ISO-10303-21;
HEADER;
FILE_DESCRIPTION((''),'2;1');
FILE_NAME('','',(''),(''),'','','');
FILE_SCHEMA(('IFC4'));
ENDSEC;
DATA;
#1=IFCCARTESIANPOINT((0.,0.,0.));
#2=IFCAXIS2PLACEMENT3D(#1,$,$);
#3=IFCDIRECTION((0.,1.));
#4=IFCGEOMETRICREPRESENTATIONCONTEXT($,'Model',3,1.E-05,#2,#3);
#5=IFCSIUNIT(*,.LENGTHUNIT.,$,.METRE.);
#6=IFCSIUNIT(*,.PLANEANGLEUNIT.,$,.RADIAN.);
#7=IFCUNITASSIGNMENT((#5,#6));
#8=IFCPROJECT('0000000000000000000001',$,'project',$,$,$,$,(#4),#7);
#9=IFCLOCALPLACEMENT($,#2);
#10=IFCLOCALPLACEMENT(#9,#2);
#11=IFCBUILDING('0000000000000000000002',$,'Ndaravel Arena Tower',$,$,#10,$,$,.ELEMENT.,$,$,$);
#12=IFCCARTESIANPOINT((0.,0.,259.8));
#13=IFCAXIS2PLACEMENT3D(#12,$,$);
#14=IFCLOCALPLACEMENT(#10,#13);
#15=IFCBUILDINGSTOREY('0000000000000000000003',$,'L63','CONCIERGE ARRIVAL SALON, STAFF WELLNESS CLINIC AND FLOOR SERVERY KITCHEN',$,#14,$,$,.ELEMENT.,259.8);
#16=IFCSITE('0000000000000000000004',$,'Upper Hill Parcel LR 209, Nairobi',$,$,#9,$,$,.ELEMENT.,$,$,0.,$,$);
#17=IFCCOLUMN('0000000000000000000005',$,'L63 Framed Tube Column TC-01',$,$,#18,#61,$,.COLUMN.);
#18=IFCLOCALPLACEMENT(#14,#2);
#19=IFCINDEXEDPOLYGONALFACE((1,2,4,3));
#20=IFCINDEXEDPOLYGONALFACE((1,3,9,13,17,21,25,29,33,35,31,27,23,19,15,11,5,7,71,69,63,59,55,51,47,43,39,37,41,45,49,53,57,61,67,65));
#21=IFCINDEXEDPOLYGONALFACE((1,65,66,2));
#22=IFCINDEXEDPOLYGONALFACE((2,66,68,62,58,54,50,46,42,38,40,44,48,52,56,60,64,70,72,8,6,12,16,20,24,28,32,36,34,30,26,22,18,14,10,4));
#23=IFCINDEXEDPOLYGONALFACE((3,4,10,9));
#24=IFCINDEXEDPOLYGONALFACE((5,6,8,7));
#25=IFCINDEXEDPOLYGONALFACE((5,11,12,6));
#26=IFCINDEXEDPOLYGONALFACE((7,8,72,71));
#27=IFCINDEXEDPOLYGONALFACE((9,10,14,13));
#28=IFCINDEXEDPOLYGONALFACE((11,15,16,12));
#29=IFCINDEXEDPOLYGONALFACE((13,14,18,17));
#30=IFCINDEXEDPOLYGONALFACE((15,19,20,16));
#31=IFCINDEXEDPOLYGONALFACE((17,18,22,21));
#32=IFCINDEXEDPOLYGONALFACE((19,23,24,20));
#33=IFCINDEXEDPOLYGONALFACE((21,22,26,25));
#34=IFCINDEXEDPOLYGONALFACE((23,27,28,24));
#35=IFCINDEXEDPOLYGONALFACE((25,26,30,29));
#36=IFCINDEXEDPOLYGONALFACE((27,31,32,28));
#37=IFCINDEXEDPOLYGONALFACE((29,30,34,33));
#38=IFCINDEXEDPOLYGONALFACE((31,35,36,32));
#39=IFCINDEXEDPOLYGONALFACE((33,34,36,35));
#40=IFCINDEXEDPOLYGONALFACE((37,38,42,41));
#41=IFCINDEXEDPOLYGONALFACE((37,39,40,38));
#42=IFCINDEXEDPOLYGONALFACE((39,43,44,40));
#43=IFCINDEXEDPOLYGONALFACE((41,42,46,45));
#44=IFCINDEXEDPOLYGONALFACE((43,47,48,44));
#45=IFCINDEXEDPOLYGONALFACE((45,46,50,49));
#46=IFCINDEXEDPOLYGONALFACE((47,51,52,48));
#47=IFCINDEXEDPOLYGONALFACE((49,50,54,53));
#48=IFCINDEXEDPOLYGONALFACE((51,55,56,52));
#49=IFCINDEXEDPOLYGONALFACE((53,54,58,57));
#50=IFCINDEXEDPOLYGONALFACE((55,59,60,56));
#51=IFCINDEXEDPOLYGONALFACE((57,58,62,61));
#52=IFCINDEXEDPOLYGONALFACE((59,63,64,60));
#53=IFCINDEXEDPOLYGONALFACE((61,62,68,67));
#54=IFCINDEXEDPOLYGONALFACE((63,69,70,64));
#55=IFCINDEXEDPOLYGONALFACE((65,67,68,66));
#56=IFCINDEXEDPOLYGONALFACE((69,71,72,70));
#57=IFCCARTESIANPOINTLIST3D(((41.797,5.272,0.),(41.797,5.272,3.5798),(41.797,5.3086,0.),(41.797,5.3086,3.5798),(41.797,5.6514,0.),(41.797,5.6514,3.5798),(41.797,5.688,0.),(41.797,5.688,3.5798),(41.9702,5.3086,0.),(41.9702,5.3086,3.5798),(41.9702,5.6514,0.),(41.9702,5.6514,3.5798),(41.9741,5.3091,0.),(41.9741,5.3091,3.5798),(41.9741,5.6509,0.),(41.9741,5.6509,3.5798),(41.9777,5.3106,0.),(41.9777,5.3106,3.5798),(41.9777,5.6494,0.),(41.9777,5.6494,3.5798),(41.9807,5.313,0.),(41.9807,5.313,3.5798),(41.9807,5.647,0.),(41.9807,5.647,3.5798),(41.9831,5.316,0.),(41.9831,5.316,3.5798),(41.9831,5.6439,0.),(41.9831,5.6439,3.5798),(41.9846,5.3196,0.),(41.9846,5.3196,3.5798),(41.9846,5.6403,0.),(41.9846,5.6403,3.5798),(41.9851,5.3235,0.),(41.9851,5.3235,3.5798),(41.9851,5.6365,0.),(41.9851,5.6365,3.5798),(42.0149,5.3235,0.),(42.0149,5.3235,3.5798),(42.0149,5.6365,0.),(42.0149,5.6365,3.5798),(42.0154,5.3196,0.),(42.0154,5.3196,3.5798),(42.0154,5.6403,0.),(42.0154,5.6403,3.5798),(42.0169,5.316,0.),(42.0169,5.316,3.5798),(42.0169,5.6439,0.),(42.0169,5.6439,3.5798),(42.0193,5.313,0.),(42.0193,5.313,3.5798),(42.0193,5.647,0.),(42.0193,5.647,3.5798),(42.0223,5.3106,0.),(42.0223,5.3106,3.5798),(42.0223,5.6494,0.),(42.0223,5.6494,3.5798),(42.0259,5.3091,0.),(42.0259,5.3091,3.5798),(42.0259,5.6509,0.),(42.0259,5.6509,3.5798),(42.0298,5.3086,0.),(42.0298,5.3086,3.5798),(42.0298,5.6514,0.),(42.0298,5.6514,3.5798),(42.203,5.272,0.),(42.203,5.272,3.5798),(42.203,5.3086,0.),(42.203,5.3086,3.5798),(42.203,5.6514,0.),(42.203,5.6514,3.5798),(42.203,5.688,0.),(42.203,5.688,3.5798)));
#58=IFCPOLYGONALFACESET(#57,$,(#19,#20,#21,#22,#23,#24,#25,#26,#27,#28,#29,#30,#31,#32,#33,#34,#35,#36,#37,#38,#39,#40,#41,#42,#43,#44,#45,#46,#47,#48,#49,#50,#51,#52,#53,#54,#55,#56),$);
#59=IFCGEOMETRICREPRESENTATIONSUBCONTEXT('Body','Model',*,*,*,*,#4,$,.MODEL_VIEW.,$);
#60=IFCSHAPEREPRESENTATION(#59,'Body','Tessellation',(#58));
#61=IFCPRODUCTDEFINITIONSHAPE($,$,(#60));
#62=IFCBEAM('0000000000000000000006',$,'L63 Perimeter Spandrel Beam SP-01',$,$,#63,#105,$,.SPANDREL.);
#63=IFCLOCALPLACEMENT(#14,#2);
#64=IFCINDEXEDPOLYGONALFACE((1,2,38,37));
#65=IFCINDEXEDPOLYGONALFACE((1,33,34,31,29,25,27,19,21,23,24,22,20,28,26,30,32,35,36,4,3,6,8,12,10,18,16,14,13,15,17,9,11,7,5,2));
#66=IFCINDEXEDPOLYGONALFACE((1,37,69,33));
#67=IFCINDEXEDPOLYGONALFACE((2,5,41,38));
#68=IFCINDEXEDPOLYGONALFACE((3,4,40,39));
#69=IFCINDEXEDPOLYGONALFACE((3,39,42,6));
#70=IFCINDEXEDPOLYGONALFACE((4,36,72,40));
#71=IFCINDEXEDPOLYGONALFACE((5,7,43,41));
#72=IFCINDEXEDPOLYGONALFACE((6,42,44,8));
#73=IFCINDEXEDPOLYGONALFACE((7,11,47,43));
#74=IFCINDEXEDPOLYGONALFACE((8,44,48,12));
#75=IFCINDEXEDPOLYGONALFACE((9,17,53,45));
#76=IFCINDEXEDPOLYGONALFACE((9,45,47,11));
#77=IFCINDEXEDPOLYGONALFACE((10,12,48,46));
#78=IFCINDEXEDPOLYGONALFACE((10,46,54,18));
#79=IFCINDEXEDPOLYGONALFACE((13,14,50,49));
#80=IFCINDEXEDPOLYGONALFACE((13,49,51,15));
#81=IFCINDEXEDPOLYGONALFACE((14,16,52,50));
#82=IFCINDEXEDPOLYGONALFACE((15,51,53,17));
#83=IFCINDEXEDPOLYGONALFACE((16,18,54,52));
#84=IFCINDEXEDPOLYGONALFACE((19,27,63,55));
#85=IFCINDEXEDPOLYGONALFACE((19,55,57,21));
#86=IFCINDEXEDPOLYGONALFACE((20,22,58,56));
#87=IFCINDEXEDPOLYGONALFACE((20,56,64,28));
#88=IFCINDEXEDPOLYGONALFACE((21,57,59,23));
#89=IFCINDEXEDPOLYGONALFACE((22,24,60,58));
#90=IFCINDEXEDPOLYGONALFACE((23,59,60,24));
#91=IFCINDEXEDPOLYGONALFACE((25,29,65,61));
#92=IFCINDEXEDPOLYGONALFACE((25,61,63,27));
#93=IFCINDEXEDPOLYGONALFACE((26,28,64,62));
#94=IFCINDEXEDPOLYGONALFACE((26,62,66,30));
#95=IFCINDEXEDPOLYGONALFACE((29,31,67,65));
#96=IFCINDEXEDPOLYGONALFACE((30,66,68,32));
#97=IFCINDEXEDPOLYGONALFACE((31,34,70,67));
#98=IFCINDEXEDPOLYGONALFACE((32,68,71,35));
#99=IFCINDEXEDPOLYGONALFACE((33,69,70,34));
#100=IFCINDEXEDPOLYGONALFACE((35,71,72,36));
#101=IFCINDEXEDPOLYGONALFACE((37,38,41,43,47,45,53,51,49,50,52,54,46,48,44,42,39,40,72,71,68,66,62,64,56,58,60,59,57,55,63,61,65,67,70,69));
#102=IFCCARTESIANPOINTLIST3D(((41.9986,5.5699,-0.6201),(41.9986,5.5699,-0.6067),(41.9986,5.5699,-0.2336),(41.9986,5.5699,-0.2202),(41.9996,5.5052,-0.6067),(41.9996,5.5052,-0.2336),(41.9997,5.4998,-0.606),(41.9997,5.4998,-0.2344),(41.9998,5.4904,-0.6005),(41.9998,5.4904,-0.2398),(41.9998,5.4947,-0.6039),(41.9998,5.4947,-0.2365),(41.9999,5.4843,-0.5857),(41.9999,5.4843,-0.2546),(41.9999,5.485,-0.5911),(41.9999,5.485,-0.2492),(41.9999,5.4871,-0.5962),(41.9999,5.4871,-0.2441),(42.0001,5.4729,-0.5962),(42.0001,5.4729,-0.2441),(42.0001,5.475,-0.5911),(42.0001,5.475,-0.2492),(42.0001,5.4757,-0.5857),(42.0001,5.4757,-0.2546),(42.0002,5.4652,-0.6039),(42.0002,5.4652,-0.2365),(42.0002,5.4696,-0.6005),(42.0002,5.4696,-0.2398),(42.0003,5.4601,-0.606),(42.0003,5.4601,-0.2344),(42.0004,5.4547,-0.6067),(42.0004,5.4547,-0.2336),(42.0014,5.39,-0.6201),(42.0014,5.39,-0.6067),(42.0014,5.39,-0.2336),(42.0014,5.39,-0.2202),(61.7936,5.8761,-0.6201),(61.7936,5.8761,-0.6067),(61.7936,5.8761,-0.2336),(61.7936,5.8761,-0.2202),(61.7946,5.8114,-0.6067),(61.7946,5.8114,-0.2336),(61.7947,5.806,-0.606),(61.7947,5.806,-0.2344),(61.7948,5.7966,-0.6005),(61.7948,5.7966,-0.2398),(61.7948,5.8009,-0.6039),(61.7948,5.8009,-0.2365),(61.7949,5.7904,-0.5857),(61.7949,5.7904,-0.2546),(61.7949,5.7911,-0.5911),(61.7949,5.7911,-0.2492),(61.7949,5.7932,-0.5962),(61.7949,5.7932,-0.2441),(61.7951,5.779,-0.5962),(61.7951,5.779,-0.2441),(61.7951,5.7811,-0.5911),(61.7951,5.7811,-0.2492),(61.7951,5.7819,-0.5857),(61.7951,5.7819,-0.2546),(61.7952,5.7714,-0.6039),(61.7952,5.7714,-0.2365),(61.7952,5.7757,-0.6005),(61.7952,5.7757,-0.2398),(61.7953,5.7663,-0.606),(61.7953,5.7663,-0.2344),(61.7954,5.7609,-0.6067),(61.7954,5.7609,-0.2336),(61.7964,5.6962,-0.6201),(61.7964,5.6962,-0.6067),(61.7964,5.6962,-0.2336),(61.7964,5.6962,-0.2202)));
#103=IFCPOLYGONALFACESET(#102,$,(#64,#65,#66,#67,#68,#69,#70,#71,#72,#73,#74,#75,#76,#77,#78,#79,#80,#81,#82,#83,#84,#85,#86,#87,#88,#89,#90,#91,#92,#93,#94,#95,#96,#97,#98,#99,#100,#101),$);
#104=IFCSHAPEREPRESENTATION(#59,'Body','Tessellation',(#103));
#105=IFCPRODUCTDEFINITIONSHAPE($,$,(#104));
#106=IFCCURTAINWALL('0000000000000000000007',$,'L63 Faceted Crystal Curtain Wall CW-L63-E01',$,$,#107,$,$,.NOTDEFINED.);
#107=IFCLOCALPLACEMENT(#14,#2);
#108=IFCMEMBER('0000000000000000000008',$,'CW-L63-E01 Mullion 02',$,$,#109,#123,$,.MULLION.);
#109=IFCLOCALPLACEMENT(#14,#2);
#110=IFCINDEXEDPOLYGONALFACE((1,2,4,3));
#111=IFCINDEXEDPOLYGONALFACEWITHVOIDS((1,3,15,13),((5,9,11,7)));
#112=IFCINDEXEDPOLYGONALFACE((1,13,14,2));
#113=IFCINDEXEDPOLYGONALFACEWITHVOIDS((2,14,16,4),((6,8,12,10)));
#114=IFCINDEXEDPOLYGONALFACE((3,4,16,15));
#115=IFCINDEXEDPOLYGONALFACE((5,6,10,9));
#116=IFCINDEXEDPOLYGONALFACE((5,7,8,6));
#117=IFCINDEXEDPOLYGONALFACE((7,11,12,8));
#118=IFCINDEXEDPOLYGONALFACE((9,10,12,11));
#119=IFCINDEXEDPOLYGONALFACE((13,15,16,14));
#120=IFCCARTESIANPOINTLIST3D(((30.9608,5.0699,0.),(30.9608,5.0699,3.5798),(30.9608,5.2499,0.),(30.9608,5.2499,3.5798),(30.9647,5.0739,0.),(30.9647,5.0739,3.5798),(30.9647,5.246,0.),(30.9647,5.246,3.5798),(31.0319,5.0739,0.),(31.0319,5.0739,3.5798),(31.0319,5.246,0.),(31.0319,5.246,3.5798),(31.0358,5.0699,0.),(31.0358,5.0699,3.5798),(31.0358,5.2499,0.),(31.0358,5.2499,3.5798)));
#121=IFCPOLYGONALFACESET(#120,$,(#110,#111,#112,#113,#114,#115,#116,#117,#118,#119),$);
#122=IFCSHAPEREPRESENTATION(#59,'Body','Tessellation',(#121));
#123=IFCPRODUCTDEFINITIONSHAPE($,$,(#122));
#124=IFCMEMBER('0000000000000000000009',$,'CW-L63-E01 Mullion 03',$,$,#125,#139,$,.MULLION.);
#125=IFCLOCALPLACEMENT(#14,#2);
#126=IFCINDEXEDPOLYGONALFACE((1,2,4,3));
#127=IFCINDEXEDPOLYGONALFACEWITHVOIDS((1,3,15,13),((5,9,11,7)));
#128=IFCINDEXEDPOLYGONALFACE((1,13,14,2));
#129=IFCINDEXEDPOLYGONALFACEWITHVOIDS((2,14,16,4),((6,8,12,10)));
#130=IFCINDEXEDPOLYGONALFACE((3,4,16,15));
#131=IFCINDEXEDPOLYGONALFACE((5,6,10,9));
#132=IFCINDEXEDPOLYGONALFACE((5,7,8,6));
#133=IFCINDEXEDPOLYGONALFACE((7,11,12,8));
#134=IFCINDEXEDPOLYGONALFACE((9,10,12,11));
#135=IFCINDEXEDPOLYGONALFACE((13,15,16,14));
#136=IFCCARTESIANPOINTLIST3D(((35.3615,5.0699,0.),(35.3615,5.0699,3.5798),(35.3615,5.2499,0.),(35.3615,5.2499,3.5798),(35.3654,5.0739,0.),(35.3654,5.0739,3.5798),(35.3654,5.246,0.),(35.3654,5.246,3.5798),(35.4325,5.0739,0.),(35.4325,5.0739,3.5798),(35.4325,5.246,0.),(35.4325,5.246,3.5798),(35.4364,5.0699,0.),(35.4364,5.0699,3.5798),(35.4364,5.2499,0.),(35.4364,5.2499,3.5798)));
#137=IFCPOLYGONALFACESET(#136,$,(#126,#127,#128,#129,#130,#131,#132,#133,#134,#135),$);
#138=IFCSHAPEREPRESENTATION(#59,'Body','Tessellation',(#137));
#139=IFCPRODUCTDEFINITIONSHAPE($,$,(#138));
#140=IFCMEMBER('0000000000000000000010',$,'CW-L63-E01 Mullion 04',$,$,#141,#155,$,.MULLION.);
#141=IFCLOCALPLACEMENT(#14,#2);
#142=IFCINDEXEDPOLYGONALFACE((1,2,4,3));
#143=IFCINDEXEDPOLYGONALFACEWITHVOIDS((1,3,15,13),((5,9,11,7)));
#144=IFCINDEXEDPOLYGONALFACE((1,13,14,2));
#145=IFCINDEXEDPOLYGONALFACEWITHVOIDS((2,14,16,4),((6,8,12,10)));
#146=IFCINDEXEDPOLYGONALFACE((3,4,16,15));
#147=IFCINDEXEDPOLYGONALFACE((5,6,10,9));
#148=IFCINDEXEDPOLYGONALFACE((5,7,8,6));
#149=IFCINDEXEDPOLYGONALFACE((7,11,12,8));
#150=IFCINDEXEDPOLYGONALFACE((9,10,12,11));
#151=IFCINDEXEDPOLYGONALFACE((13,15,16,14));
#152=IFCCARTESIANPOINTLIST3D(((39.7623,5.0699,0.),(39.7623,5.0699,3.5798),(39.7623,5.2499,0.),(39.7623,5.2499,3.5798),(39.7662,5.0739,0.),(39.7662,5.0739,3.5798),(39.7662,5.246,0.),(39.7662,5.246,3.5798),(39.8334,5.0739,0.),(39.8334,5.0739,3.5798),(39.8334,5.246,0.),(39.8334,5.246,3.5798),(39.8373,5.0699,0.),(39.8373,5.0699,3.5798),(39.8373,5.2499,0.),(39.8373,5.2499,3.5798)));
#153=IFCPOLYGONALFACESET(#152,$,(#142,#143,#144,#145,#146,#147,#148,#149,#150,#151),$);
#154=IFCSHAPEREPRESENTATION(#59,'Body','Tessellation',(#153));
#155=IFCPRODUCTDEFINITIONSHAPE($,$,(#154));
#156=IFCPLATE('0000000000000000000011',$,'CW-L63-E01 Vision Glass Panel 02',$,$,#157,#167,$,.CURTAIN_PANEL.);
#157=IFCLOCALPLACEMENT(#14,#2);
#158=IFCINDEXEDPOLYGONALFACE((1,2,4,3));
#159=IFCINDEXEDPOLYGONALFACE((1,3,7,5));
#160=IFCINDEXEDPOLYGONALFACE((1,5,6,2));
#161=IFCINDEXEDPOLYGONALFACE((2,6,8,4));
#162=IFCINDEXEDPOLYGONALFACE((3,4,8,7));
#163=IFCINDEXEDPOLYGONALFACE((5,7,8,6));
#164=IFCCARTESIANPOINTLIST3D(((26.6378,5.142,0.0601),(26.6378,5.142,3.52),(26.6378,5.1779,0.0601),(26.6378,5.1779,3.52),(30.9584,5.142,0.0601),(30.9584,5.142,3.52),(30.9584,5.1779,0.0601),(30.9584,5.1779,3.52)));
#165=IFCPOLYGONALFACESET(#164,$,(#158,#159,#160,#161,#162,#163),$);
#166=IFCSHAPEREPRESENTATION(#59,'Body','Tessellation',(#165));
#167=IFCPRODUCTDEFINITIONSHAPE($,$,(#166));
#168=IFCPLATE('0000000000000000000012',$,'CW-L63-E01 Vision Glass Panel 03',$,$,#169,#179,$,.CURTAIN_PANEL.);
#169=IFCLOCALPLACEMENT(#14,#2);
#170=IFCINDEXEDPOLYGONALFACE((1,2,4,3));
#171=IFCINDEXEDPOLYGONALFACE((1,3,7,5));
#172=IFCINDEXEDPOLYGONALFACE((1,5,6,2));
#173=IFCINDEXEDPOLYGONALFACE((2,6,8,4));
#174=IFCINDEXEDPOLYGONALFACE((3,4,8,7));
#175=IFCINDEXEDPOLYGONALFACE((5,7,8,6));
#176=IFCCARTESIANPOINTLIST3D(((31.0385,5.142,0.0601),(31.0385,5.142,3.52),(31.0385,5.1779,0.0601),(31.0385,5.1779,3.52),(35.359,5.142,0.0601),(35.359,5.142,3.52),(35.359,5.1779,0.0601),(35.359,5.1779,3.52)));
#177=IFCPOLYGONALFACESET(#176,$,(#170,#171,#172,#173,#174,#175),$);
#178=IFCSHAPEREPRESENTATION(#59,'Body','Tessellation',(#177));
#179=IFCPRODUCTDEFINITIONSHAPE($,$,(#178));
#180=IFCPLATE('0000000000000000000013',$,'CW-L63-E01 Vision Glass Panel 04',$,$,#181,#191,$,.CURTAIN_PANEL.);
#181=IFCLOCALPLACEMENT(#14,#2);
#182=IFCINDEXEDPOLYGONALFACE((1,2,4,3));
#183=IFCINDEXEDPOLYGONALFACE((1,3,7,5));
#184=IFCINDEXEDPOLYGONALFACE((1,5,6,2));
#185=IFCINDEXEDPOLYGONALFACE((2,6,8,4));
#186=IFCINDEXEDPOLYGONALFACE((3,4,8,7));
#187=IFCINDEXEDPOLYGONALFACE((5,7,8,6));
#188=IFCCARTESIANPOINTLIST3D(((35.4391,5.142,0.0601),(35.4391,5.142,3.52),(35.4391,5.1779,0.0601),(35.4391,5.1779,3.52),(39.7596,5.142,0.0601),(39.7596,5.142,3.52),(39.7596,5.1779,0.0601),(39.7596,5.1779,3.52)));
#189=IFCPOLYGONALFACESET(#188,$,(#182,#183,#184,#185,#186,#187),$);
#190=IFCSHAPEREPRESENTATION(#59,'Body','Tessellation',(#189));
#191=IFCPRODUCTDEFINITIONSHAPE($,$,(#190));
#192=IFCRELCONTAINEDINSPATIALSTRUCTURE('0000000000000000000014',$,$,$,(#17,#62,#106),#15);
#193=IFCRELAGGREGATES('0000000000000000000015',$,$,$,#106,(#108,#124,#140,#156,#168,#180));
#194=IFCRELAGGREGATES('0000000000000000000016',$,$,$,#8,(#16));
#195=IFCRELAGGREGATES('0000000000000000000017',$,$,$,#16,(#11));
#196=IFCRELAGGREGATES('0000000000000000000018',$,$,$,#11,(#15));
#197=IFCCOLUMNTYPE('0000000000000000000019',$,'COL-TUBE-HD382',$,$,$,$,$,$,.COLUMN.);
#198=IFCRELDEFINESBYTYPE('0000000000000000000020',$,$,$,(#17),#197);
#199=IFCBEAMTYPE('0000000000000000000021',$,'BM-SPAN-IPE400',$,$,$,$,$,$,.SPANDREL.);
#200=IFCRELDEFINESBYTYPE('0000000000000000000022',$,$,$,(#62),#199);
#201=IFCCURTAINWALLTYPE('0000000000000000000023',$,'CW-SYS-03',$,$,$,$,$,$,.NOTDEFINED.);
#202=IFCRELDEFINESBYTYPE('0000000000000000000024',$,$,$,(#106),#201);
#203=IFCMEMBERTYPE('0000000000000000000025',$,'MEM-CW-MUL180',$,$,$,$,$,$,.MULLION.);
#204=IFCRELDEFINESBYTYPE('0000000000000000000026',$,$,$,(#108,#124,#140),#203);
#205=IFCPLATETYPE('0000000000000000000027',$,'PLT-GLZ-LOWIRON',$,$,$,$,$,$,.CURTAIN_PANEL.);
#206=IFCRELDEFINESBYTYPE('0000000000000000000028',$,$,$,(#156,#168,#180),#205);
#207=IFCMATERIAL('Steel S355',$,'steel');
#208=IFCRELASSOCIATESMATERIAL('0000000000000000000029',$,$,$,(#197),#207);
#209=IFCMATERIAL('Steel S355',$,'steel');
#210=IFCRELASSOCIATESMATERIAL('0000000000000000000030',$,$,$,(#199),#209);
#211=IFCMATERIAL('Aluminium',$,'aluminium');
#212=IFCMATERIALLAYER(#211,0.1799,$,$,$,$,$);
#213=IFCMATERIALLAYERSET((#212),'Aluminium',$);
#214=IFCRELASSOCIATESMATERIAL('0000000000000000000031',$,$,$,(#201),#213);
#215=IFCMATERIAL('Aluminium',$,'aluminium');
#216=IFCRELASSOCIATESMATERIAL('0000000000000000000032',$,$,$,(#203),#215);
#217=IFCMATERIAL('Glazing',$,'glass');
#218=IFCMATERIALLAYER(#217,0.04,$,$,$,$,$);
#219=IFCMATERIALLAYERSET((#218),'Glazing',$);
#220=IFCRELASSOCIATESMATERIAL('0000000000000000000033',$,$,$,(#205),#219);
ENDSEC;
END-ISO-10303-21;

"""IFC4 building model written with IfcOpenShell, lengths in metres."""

from ifc_helpers import new_model, si_unit, direction, frame, origin, origin_2d, place, context, subcontext, project, spatial, rectangle, hollow_rectangle, i_section, extrude, material, layer, layer_set, material_profile, profile_set, type_object, element, aggregate, save


model = new_model("IFC4")

# Units and contexts
model_context = context("Model", 3, precision=1e-05, world=origin(), true_north=direction((0.0, 1.0)))
body_context = subcontext(model_context, "Body", "Model", "MODEL_VIEW")
ifc_project = project(units=[si_unit("LENGTHUNIT", "METRE"), si_unit("PLANEANGLEUNIT", "RADIAN")], contexts=[model_context])

# Site, building, storey
site_placement = place(None, origin())
site = spatial("IfcSite", under=ifc_project, at=site_placement, Name="Upper Hill Parcel LR 209, Nairobi", CompositionType="ELEMENT", RefElevation=0.0)
building_placement = place(site_placement, origin())
building = spatial("IfcBuilding", under=site, at=building_placement, Name="Ndaravel Arena Tower", CompositionType="ELEMENT")
storey_placement = place(building_placement, frame((0.0, 0.0, 259.8)))
storey = spatial("IfcBuildingStorey", under=building, at=storey_placement, Name="L63", Description="CONCIERGE ARRIVAL SALON, STAFF WELLNESS CLINIC AND FLOOR SERVERY KITCHEN", CompositionType="ELEMENT", Elevation=259.8)

# Column
ifc_material_1 = material(Name="Steel S355", Category="steel")
ifc_material_profile_1 = material_profile(ifc_material_1, i_section(OverallWidth=0.406, OverallDepth=0.416, WebThickness=0.0298, FlangeThickness=0.0366, FilletRadius=0.0149, at=origin_2d()), Name="HD 400x382")
ifc_profile_set_1 = profile_set([ifc_material_profile_1], Name="Steel S355")
column_type = type_object("IfcColumnType", Name="COL-TUBE-HD382", PredefinedType="COLUMN", material=ifc_profile_set_1)
column_placement = place(storey_placement, frame((42.0, 5.48, 0.0), z_axis=(0.0, 0.0, 1.0), x_axis=(1.0, 0.0, 0.0)))
element("IfcColumn", 1, at=column_placement, inside=storey, type_object=column_type, Name="L63 Framed Tube Column TC-01", PredefinedType="COLUMN", context=body_context, shape_type="SweptSolid", body=[
    extrude(i_section(OverallWidth=0.406, OverallDepth=0.416, WebThickness=0.0298, FlangeThickness=0.0366, FilletRadius=0.0149, at=origin_2d()), origin(), (0.0, 0.0, 1.0), 3.5798),
])

# Beam
ifc_material_2 = material(Name="Steel S355", Category="steel")
ifc_material_profile_2 = material_profile(ifc_material_2, i_section(OverallWidth=0.1799, OverallDepth=0.3999, WebThickness=0.0085, FlangeThickness=0.0134, FilletRadius=0.021, at=origin_2d()), Name="IPE 400")
ifc_profile_set_2 = profile_set([ifc_material_profile_2], Name="Steel S355")
beam_type = type_object("IfcBeamType", Name="BM-SPAN-IPE400", PredefinedType="SPANDREL", material=ifc_profile_set_2)
beam_placement = place(storey_placement, frame((42.0, 5.48, -0.4202), z_axis=(0.99988, 0.015464, 0.0), x_axis=(-0.015464, 0.99988, 0.0)))
element("IfcBeam", 2, at=beam_placement, inside=storey, type_object=beam_type, Name="L63 Perimeter Spandrel Beam SP-01", PredefinedType="SPANDREL", context=body_context, shape_type="SweptSolid", body=[
    extrude(i_section(OverallWidth=0.1799, OverallDepth=0.3999, WebThickness=0.0085, FlangeThickness=0.0134, FilletRadius=0.021, at=origin_2d()), origin(), (0.0, 0.0, 1.0), 19.7974),
])

# Curtain wall, members, plates
ifc_material_3 = material(Name="Aluminium", Category="aluminium")
ifc_layer_1 = layer(ifc_material_3, 0.1799)
ifc_layer_set_1 = layer_set([ifc_layer_1], Name="Aluminium")
curtain_wall_type = type_object("IfcCurtainWallType", Name="CW-SYS-03", PredefinedType="NOTDEFINED", material=ifc_layer_set_1)
curtain_wall_placement = place(storey_placement, origin())
curtain_wall = element("IfcCurtainWall", 3, at=curtain_wall_placement, inside=storey, type_object=curtain_wall_type, Name="L63 Faceted Crystal Curtain Wall CW-L63-E01", PredefinedType="NOTDEFINED")
ifc_material_4 = material(Name="Aluminium", Category="aluminium")
ifc_material_profile_3 = material_profile(ifc_material_4, hollow_rectangle(XDim=0.075, YDim=0.1799, WallThickness=0.0039, at=origin_2d()), Name="CW MULLION 75x180x4")
ifc_profile_set_3 = profile_set([ifc_material_profile_3], Name="Aluminium")
member_type = type_object("IfcMemberType", Name="MEM-CW-MUL180", PredefinedType="MULLION", material=ifc_profile_set_3)
member_1_placement = place(storey_placement, frame((30.9983, 5.1599, 0.0), z_axis=(0.0, 0.0, 1.0), x_axis=(1.0, 0.0, 0.0)))
member_1 = element("IfcMember", 4, at=member_1_placement, type_object=member_type, Name="CW-L63-E01 Mullion 02", PredefinedType="MULLION", context=body_context, shape_type="SweptSolid", body=[
    extrude(hollow_rectangle(XDim=0.075, YDim=0.1799, WallThickness=0.0039, at=origin_2d()), origin(), (0.0, 0.0, 1.0), 3.5798),
])
member_2_placement = place(storey_placement, frame((35.3989, 5.1599, 0.0), z_axis=(0.0, 0.0, 1.0), x_axis=(1.0, 0.0, 0.0)))
member_2 = element("IfcMember", 5, at=member_2_placement, type_object=member_type, Name="CW-L63-E01 Mullion 03", PredefinedType="MULLION", context=body_context, shape_type="SweptSolid", body=[
    extrude(hollow_rectangle(XDim=0.075, YDim=0.1799, WallThickness=0.0039, at=origin_2d()), origin(), (0.0, 0.0, 1.0), 3.5798),
])
member_3_placement = place(storey_placement, frame((39.7998, 5.1599, 0.0), z_axis=(0.0, 0.0, 1.0), x_axis=(1.0, 0.0, 0.0)))
member_3 = element("IfcMember", 6, at=member_3_placement, type_object=member_type, Name="CW-L63-E01 Mullion 04", PredefinedType="MULLION", context=body_context, shape_type="SweptSolid", body=[
    extrude(hollow_rectangle(XDim=0.075, YDim=0.1799, WallThickness=0.0039, at=origin_2d()), origin(), (0.0, 0.0, 1.0), 3.5798),
])
ifc_material_5 = material(Name="Glazing", Category="glass")
ifc_layer_2 = layer(ifc_material_5, 0.04)
ifc_layer_set_2 = layer_set([ifc_layer_2], Name="Glazing")
plate_type = type_object("IfcPlateType", Name="PLT-GLZ-LOWIRON", PredefinedType="CURTAIN_PANEL", material=ifc_layer_set_2)
plate_1_placement = place(storey_placement, frame((28.7981, 5.1599, 0.0601), z_axis=(0.0, 0.0, 1.0), x_axis=(1.0, 0.0, 0.0)))
plate_1 = element("IfcPlate", 7, at=plate_1_placement, type_object=plate_type, Name="CW-L63-E01 Vision Glass Panel 02", PredefinedType="CURTAIN_PANEL", context=body_context, shape_type="SweptSolid", body=[
    extrude(rectangle(XDim=4.3206, YDim=0.0359, at=origin_2d()), origin(), (0.0, 0.0, 1.0), 3.46),
])
plate_2_placement = place(storey_placement, frame((33.1987, 5.1599, 0.0601), z_axis=(0.0, 0.0, 1.0), x_axis=(1.0, 0.0, 0.0)))
plate_2 = element("IfcPlate", 8, at=plate_2_placement, type_object=plate_type, Name="CW-L63-E01 Vision Glass Panel 03", PredefinedType="CURTAIN_PANEL", context=body_context, shape_type="SweptSolid", body=[
    extrude(rectangle(XDim=4.3206, YDim=0.0359, at=origin_2d()), origin(), (0.0, 0.0, 1.0), 3.46),
])
plate_3_placement = place(storey_placement, frame((37.5994, 5.1599, 0.0601), z_axis=(0.0, 0.0, 1.0), x_axis=(1.0, 0.0, 0.0)))
plate_3 = element("IfcPlate", 9, at=plate_3_placement, type_object=plate_type, Name="CW-L63-E01 Vision Glass Panel 04", PredefinedType="CURTAIN_PANEL", context=body_context, shape_type="SweptSolid", body=[
    extrude(rectangle(XDim=4.3206, YDim=0.0359, at=origin_2d()), origin(), (0.0, 0.0, 1.0), 3.46),
])
aggregate(curtain_wall, [member_1, member_2, member_3, plate_1, plate_2, plate_3])

save(model, "model.ifc")
